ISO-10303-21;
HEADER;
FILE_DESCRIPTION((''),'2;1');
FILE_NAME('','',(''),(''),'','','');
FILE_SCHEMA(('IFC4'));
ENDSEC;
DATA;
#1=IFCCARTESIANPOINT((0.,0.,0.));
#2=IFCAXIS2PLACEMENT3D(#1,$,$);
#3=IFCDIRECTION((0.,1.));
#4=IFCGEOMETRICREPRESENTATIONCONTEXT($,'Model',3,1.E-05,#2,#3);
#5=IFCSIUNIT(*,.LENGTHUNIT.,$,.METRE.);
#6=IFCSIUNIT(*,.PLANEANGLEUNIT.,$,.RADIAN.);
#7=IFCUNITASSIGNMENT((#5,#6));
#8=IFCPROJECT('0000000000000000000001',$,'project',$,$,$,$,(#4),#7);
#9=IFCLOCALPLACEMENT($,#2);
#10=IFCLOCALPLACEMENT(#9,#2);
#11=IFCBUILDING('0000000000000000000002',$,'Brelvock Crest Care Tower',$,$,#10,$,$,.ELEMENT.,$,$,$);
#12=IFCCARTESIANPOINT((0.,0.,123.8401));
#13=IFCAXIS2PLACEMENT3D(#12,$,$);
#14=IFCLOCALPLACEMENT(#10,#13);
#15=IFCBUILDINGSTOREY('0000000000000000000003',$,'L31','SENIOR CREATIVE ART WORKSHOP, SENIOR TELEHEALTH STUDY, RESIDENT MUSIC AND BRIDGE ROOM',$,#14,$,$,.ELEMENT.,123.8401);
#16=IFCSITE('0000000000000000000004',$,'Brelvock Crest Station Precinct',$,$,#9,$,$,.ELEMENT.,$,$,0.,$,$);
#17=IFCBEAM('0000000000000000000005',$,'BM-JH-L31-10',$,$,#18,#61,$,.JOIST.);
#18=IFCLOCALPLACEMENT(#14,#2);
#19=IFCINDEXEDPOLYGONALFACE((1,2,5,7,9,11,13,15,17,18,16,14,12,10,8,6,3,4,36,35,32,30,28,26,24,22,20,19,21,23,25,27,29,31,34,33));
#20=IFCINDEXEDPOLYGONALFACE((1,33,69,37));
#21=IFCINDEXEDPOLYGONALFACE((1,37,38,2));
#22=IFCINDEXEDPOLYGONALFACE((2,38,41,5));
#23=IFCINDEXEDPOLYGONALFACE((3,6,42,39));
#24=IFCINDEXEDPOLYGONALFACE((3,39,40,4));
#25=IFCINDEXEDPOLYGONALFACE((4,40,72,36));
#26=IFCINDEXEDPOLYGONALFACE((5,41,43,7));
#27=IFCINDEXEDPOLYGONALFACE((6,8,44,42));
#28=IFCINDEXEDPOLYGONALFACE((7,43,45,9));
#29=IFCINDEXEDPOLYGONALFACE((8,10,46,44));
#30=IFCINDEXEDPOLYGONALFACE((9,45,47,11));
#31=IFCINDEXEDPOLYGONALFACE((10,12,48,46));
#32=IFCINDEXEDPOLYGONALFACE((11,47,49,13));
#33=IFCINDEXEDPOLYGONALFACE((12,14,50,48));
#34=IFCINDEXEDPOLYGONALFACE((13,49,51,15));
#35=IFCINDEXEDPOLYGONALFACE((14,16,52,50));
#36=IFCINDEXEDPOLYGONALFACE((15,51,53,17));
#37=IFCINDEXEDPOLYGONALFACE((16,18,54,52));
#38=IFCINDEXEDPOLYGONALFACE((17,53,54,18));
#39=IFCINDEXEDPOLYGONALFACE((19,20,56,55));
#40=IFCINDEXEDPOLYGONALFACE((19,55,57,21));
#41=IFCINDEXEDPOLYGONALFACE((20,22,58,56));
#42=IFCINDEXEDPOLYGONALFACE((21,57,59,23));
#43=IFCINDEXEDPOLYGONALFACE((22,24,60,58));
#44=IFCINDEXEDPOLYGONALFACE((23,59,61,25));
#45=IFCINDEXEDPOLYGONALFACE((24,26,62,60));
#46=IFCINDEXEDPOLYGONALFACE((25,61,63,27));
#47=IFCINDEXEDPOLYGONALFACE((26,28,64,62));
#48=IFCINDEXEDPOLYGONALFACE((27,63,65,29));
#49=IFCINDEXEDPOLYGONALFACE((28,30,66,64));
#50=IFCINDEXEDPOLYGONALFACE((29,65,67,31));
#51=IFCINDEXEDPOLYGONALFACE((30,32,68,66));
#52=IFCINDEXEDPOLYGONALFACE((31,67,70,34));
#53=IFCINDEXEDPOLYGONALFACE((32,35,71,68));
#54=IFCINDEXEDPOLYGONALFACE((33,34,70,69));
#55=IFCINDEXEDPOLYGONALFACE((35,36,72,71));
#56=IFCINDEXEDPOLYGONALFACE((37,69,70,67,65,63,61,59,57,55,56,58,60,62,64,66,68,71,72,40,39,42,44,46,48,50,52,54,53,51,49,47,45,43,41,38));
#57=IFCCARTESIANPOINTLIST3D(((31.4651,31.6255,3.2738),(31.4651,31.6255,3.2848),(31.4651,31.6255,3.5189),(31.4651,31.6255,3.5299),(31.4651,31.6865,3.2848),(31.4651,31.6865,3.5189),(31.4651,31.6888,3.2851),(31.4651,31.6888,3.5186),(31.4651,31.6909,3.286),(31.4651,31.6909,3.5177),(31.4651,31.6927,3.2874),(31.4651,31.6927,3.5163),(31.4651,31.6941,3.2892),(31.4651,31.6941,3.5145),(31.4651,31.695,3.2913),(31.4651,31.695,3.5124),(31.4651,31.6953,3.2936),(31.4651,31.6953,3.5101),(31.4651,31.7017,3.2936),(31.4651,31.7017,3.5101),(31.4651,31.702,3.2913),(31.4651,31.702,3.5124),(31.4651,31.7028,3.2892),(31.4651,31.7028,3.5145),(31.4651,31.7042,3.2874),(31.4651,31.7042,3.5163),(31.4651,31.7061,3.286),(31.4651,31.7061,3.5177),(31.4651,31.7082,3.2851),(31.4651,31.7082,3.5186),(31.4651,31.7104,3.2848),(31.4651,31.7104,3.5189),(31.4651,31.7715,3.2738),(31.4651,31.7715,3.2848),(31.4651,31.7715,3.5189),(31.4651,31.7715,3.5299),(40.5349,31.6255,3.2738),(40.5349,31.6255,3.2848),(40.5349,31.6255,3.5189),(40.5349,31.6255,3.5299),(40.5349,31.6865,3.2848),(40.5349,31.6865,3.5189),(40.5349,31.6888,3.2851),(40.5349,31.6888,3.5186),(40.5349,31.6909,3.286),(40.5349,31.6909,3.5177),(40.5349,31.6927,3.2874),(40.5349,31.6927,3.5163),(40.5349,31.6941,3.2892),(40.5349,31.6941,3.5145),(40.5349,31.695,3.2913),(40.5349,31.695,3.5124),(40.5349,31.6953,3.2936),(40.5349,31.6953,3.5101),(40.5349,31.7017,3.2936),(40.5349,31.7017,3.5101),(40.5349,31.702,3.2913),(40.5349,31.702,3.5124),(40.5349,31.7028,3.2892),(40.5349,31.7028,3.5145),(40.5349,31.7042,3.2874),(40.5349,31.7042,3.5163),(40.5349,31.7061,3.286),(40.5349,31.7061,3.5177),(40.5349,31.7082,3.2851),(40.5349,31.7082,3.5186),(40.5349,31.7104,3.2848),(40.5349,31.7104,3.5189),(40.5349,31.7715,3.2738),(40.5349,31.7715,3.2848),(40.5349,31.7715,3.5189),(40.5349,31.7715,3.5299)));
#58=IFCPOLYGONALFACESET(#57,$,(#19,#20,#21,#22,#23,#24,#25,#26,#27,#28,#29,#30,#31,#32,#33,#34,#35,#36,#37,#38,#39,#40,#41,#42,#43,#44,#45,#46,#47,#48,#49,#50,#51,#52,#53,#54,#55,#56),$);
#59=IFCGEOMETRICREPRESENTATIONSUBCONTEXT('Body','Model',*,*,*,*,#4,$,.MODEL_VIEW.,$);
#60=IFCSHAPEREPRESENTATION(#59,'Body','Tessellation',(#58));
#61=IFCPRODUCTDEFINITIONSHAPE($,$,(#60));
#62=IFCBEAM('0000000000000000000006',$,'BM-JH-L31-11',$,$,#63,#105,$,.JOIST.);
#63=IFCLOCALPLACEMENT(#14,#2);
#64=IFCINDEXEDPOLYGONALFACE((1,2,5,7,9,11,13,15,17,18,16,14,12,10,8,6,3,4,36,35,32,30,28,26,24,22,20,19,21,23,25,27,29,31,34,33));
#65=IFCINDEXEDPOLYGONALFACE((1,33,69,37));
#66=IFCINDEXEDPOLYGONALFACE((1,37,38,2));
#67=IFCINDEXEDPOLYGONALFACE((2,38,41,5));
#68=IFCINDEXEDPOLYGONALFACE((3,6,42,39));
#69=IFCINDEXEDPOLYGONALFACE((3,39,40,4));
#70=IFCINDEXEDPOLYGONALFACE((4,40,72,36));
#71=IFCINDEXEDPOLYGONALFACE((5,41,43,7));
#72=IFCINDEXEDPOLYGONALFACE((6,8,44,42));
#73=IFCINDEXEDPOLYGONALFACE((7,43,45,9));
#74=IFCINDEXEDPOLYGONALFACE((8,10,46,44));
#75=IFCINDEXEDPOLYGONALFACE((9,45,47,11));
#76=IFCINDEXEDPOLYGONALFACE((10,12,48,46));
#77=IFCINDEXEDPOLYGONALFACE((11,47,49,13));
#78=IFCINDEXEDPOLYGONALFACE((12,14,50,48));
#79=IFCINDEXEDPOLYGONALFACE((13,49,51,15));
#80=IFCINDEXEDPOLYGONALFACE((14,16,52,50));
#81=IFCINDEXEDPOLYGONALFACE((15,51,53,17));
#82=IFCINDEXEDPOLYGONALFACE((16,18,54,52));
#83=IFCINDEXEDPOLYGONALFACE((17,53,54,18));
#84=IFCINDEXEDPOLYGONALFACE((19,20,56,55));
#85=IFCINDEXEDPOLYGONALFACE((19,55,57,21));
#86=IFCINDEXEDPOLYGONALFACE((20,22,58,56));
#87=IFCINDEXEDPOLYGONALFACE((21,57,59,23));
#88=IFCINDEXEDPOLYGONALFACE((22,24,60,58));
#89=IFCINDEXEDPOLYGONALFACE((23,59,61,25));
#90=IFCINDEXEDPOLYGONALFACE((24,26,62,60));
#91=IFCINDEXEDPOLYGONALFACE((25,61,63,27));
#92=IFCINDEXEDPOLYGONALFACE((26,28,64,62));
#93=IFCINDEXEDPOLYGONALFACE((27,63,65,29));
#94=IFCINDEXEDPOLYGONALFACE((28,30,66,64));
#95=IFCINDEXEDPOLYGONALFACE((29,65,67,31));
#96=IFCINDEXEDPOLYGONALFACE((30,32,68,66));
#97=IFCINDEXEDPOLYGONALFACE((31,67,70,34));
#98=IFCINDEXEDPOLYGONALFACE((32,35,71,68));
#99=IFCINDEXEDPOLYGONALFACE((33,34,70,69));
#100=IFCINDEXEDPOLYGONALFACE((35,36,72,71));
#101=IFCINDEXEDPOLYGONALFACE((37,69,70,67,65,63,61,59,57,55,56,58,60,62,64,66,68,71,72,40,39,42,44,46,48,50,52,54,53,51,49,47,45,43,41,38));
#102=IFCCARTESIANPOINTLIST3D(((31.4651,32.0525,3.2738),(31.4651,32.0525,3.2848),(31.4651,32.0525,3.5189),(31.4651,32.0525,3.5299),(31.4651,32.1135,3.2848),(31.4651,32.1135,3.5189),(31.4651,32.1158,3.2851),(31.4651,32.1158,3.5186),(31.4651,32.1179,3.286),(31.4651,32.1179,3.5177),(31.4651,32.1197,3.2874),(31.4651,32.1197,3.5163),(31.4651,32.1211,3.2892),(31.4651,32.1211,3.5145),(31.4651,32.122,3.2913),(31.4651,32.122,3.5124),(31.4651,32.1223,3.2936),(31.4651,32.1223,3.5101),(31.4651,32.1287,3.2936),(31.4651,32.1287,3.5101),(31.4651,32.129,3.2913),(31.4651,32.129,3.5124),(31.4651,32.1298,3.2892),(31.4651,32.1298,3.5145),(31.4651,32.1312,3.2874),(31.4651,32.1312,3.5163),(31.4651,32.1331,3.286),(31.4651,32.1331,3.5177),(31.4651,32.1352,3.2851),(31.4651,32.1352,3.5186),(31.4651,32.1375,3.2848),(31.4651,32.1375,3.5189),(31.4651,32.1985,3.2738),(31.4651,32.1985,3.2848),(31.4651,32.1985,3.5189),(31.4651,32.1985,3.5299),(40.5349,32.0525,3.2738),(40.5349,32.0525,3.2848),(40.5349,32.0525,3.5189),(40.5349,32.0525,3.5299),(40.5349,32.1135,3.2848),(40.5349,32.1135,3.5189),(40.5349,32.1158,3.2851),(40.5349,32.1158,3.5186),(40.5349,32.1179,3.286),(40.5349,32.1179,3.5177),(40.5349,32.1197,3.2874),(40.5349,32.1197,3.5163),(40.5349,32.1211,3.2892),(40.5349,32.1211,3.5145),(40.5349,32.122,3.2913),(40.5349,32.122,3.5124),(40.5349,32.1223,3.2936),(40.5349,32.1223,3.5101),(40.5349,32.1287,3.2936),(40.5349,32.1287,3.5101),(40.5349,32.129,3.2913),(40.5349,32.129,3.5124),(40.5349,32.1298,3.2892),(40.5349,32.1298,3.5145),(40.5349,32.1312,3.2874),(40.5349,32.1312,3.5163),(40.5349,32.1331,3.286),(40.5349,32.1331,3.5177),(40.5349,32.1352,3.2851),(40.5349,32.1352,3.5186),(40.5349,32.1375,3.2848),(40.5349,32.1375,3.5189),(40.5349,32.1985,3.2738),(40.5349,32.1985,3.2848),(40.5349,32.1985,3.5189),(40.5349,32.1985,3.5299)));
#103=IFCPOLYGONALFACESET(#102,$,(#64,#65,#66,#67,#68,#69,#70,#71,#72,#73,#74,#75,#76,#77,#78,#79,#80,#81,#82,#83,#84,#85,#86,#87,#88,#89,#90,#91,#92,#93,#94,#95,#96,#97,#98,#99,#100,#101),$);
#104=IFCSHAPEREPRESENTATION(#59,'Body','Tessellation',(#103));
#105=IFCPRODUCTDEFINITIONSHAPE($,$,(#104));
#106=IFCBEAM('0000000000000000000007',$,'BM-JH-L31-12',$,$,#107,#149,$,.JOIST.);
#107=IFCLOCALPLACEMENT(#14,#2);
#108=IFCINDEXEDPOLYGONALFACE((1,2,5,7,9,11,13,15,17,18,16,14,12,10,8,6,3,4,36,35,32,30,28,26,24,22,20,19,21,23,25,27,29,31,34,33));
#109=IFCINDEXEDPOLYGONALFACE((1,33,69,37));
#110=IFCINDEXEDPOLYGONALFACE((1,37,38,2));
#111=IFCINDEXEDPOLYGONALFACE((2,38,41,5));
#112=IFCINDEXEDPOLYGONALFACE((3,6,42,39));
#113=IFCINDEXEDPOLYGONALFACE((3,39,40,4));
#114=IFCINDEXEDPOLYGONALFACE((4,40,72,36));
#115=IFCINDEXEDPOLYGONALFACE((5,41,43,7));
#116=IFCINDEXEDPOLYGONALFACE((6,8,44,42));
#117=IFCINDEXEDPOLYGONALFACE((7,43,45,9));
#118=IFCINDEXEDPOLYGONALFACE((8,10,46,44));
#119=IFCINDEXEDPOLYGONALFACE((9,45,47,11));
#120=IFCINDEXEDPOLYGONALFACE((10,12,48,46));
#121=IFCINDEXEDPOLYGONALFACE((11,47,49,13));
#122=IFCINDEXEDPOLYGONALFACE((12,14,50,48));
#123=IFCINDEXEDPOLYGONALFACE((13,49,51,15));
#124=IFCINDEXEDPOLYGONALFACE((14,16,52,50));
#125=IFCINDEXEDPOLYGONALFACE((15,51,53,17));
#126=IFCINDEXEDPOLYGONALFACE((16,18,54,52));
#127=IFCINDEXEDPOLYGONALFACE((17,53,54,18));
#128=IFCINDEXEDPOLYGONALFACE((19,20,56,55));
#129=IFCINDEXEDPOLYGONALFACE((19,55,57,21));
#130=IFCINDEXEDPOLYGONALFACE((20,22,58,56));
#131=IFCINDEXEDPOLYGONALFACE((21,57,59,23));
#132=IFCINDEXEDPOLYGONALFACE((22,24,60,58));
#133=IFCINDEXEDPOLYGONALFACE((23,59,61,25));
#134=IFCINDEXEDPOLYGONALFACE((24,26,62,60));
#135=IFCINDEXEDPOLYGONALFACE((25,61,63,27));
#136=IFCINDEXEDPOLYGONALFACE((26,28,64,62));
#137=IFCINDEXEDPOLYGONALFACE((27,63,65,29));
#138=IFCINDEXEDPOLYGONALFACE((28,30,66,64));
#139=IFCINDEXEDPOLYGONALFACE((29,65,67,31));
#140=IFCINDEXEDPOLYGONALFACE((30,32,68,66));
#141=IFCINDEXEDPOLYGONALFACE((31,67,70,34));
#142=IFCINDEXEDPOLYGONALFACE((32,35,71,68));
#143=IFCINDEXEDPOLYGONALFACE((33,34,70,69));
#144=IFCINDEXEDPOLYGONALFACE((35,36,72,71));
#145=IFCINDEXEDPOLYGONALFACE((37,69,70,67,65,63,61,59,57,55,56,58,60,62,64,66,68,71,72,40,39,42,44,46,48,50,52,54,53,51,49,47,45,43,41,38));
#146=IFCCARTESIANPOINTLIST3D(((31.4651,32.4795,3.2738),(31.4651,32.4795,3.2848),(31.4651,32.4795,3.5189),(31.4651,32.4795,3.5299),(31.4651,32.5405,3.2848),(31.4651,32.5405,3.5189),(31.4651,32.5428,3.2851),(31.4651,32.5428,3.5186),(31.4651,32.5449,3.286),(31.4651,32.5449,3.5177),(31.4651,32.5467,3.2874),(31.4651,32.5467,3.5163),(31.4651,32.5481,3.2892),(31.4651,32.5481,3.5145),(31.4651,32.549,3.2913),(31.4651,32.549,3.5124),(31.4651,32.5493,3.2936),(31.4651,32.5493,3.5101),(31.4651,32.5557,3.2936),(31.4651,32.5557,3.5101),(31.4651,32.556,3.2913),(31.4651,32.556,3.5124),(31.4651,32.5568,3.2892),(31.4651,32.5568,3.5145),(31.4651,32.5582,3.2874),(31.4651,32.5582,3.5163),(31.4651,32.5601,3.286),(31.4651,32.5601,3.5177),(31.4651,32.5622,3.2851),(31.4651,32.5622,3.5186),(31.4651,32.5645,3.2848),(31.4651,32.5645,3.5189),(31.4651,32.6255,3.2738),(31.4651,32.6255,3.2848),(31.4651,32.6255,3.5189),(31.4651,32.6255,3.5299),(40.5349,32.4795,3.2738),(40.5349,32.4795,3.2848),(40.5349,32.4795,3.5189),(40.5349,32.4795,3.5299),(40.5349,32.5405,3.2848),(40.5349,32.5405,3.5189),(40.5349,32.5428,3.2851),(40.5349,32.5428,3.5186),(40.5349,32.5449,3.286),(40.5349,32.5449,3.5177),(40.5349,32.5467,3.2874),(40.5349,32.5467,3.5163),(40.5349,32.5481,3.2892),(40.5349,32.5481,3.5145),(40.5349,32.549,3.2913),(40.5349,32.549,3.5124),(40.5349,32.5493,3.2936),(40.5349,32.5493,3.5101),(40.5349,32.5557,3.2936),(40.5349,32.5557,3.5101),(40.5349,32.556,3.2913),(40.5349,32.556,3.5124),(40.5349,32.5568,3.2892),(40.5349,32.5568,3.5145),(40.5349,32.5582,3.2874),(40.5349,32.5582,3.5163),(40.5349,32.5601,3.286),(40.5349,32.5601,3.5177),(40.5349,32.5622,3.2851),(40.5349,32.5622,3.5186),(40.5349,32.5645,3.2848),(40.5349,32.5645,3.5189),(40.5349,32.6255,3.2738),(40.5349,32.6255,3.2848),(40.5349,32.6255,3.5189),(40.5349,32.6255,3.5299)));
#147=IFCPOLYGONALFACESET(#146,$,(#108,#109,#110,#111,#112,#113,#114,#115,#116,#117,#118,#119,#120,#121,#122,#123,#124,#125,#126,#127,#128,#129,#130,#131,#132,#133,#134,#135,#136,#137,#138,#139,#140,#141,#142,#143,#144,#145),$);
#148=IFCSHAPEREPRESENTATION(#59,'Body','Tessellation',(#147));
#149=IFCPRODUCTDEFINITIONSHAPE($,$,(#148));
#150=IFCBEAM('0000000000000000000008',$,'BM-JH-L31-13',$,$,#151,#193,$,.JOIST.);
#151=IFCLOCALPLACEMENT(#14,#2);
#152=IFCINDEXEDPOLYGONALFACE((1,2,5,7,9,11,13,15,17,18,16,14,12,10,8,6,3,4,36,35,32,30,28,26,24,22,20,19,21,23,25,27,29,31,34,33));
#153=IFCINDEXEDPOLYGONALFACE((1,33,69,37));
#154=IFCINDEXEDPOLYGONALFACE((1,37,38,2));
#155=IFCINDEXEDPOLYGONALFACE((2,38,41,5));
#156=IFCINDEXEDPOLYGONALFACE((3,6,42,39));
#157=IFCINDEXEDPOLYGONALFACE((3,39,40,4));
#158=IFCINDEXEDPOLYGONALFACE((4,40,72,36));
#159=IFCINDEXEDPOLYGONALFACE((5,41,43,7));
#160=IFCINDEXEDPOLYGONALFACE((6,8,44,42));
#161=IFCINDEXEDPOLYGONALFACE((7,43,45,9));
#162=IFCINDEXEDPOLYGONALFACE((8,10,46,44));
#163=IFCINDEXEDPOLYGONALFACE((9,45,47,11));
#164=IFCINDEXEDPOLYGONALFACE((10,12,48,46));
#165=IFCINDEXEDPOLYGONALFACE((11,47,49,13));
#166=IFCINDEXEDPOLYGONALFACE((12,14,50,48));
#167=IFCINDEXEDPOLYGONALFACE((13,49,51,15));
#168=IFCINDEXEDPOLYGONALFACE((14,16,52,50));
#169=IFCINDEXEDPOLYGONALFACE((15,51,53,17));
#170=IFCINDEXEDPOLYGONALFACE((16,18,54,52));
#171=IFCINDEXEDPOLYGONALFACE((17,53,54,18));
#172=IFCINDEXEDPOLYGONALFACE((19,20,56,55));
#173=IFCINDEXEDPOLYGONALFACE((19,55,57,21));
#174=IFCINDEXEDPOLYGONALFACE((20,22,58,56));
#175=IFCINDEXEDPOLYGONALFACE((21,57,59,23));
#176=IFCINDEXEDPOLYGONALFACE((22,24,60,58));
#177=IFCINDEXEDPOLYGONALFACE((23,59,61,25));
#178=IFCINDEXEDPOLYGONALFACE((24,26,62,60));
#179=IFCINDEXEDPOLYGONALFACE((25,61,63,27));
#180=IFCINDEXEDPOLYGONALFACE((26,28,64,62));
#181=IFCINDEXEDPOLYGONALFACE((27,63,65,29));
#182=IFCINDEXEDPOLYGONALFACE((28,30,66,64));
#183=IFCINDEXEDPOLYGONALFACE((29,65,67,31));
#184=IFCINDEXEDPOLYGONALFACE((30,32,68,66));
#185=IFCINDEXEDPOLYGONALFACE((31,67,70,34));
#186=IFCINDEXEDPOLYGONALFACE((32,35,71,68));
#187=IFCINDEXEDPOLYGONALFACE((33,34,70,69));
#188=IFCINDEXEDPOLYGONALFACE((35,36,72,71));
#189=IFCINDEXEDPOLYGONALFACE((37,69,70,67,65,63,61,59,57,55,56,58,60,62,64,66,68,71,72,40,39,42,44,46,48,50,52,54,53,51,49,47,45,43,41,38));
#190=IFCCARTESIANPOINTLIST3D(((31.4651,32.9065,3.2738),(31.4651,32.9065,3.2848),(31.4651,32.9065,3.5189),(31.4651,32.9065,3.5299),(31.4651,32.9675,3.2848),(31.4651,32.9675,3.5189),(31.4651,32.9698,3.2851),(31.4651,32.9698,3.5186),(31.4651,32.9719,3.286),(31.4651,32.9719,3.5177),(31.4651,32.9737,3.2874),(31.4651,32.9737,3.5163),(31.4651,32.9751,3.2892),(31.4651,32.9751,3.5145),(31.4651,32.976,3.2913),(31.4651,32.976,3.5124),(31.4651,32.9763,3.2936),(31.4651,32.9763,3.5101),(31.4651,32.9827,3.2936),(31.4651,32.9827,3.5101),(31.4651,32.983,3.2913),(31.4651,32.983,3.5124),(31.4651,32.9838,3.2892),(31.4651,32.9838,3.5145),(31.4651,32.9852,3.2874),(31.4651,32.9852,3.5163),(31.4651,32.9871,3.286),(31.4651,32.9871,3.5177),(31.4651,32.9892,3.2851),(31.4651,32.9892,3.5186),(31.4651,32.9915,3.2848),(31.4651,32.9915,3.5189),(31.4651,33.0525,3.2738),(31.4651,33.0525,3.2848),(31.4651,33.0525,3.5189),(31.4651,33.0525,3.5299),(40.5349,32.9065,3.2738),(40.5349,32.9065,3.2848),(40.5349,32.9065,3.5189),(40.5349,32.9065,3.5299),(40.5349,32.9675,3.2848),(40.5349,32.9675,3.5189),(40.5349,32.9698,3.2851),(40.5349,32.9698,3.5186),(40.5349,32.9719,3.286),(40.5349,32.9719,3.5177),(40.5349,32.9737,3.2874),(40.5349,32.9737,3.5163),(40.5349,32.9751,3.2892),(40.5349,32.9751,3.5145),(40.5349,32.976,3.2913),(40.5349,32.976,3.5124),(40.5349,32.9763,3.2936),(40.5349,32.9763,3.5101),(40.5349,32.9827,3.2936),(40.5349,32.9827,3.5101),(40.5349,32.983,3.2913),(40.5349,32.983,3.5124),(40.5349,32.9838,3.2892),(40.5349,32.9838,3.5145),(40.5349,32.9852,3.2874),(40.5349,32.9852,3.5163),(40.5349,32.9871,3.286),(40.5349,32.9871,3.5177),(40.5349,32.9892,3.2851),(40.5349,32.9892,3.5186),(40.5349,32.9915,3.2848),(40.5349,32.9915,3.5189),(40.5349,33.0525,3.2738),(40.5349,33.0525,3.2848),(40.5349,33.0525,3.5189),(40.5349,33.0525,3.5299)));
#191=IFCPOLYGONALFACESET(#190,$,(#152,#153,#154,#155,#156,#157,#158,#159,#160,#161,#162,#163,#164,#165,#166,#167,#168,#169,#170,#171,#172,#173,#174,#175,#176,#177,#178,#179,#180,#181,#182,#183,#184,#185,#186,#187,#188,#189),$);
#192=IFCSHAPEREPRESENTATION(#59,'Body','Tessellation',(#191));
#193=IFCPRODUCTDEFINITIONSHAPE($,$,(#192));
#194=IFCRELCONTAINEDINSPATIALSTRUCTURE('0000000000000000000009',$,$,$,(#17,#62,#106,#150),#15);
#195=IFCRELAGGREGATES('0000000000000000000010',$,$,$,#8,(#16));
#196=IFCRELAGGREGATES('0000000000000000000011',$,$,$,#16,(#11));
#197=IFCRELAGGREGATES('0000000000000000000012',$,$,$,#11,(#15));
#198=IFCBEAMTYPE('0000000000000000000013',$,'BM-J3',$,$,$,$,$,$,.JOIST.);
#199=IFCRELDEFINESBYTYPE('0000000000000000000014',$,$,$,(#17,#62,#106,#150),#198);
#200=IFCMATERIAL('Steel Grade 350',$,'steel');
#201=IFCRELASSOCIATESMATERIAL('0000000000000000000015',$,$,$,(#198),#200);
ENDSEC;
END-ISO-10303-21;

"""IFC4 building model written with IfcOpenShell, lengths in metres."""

from ifc_helpers import new_model, si_unit, direction, frame, origin, origin_2d, place, context, subcontext, project, spatial, i_section, extrude, source, transform, mapped, material, material_profile, profile_set, type_object, element, save


model = new_model("IFC4")

# Units and contexts
model_context = context("Model", 3, precision=1e-05, world=origin(), true_north=direction((0.0, 1.0)))
body_context = subcontext(model_context, "Body", "Model", "MODEL_VIEW")
ifc_project = project(units=[si_unit("LENGTHUNIT", "METRE"), si_unit("PLANEANGLEUNIT", "RADIAN")], contexts=[model_context])

# Site, building, storey
site_placement = place(None, origin())
site = spatial("IfcSite", under=ifc_project, at=site_placement, Name="Brelvock Crest Station Precinct", CompositionType="ELEMENT", RefElevation=0.0)
building_placement = place(site_placement, origin())
building = spatial("IfcBuilding", under=site, at=building_placement, Name="Brelvock Crest Care Tower", CompositionType="ELEMENT")
storey_placement = place(building_placement, frame((0.0, 0.0, 123.8401)))
storey = spatial("IfcBuildingStorey", under=building, at=storey_placement, Name="L31", Description="SENIOR CREATIVE ART WORKSHOP, SENIOR TELEHEALTH STUDY, RESIDENT MUSIC AND BRIDGE ROOM", CompositionType="ELEMENT", Elevation=123.8401)

# Beams
ifc_material_1 = material(Name="Steel Grade 350", Category="steel")
ifc_material_profile_1 = material_profile(ifc_material_1, i_section(OverallWidth=0.146, OverallDepth=0.2561, WebThickness=0.0063, FlangeThickness=0.011, FilletRadius=0.0088, at=origin_2d()), Name="250UB37.3")
ifc_profile_set_1 = profile_set([ifc_material_profile_1], Name="Steel Grade 350")
beam_type_1 = type_object("IfcBeamType", Name="BM-J3", PredefinedType="JOIST", material=ifc_profile_set_1)
shared_shape_1 = source(origin(), body_context, "Body", "SweptSolid", [
    extrude(i_section(OverallWidth=0.146, OverallDepth=0.2561, WebThickness=0.0063, FlangeThickness=0.011, FilletRadius=0.0088, at=origin_2d()), origin(), (0.0, 0.0, 1.0), 9.0698),
])
for number, where, z_axis, x_axis, name in (
    (1, (31.4651, 31.6985, 3.4019), (1.0, 0.0, 0.0), (0.0, 1.0, 0.0), "BM-JH-L31-10"),
    (2, (31.4651, 32.1255, 3.4019), (1.0, 0.0, 0.0), (0.0, 1.0, 0.0), "BM-JH-L31-11"),
    (3, (31.4651, 32.5525, 3.4019), (1.0, 0.0, 0.0), (0.0, 1.0, 0.0), "BM-JH-L31-12"),
    (4, (31.4651, 32.9795, 3.4019), (1.0, 0.0, 0.0), (0.0, 1.0, 0.0), "BM-JH-L31-13"),
):
    element("IfcBeam", number, at=place(storey_placement, frame(where, z_axis=z_axis, x_axis=x_axis)), inside=storey, type_object=beam_type_1, Name=name, PredefinedType="JOIST", context=body_context, shape_type="MappedRepresentation", body=[
        mapped(shared_shape_1, transform((0.0, 0.0, 0.0), x_axis=(1.0, 0.0, 0.0), y_axis=(0.0, 1.0, 0.0), z_axis=(0.0, 0.0, 1.0), scale=1.0)),
    ])

save(model, "model.ifc")
